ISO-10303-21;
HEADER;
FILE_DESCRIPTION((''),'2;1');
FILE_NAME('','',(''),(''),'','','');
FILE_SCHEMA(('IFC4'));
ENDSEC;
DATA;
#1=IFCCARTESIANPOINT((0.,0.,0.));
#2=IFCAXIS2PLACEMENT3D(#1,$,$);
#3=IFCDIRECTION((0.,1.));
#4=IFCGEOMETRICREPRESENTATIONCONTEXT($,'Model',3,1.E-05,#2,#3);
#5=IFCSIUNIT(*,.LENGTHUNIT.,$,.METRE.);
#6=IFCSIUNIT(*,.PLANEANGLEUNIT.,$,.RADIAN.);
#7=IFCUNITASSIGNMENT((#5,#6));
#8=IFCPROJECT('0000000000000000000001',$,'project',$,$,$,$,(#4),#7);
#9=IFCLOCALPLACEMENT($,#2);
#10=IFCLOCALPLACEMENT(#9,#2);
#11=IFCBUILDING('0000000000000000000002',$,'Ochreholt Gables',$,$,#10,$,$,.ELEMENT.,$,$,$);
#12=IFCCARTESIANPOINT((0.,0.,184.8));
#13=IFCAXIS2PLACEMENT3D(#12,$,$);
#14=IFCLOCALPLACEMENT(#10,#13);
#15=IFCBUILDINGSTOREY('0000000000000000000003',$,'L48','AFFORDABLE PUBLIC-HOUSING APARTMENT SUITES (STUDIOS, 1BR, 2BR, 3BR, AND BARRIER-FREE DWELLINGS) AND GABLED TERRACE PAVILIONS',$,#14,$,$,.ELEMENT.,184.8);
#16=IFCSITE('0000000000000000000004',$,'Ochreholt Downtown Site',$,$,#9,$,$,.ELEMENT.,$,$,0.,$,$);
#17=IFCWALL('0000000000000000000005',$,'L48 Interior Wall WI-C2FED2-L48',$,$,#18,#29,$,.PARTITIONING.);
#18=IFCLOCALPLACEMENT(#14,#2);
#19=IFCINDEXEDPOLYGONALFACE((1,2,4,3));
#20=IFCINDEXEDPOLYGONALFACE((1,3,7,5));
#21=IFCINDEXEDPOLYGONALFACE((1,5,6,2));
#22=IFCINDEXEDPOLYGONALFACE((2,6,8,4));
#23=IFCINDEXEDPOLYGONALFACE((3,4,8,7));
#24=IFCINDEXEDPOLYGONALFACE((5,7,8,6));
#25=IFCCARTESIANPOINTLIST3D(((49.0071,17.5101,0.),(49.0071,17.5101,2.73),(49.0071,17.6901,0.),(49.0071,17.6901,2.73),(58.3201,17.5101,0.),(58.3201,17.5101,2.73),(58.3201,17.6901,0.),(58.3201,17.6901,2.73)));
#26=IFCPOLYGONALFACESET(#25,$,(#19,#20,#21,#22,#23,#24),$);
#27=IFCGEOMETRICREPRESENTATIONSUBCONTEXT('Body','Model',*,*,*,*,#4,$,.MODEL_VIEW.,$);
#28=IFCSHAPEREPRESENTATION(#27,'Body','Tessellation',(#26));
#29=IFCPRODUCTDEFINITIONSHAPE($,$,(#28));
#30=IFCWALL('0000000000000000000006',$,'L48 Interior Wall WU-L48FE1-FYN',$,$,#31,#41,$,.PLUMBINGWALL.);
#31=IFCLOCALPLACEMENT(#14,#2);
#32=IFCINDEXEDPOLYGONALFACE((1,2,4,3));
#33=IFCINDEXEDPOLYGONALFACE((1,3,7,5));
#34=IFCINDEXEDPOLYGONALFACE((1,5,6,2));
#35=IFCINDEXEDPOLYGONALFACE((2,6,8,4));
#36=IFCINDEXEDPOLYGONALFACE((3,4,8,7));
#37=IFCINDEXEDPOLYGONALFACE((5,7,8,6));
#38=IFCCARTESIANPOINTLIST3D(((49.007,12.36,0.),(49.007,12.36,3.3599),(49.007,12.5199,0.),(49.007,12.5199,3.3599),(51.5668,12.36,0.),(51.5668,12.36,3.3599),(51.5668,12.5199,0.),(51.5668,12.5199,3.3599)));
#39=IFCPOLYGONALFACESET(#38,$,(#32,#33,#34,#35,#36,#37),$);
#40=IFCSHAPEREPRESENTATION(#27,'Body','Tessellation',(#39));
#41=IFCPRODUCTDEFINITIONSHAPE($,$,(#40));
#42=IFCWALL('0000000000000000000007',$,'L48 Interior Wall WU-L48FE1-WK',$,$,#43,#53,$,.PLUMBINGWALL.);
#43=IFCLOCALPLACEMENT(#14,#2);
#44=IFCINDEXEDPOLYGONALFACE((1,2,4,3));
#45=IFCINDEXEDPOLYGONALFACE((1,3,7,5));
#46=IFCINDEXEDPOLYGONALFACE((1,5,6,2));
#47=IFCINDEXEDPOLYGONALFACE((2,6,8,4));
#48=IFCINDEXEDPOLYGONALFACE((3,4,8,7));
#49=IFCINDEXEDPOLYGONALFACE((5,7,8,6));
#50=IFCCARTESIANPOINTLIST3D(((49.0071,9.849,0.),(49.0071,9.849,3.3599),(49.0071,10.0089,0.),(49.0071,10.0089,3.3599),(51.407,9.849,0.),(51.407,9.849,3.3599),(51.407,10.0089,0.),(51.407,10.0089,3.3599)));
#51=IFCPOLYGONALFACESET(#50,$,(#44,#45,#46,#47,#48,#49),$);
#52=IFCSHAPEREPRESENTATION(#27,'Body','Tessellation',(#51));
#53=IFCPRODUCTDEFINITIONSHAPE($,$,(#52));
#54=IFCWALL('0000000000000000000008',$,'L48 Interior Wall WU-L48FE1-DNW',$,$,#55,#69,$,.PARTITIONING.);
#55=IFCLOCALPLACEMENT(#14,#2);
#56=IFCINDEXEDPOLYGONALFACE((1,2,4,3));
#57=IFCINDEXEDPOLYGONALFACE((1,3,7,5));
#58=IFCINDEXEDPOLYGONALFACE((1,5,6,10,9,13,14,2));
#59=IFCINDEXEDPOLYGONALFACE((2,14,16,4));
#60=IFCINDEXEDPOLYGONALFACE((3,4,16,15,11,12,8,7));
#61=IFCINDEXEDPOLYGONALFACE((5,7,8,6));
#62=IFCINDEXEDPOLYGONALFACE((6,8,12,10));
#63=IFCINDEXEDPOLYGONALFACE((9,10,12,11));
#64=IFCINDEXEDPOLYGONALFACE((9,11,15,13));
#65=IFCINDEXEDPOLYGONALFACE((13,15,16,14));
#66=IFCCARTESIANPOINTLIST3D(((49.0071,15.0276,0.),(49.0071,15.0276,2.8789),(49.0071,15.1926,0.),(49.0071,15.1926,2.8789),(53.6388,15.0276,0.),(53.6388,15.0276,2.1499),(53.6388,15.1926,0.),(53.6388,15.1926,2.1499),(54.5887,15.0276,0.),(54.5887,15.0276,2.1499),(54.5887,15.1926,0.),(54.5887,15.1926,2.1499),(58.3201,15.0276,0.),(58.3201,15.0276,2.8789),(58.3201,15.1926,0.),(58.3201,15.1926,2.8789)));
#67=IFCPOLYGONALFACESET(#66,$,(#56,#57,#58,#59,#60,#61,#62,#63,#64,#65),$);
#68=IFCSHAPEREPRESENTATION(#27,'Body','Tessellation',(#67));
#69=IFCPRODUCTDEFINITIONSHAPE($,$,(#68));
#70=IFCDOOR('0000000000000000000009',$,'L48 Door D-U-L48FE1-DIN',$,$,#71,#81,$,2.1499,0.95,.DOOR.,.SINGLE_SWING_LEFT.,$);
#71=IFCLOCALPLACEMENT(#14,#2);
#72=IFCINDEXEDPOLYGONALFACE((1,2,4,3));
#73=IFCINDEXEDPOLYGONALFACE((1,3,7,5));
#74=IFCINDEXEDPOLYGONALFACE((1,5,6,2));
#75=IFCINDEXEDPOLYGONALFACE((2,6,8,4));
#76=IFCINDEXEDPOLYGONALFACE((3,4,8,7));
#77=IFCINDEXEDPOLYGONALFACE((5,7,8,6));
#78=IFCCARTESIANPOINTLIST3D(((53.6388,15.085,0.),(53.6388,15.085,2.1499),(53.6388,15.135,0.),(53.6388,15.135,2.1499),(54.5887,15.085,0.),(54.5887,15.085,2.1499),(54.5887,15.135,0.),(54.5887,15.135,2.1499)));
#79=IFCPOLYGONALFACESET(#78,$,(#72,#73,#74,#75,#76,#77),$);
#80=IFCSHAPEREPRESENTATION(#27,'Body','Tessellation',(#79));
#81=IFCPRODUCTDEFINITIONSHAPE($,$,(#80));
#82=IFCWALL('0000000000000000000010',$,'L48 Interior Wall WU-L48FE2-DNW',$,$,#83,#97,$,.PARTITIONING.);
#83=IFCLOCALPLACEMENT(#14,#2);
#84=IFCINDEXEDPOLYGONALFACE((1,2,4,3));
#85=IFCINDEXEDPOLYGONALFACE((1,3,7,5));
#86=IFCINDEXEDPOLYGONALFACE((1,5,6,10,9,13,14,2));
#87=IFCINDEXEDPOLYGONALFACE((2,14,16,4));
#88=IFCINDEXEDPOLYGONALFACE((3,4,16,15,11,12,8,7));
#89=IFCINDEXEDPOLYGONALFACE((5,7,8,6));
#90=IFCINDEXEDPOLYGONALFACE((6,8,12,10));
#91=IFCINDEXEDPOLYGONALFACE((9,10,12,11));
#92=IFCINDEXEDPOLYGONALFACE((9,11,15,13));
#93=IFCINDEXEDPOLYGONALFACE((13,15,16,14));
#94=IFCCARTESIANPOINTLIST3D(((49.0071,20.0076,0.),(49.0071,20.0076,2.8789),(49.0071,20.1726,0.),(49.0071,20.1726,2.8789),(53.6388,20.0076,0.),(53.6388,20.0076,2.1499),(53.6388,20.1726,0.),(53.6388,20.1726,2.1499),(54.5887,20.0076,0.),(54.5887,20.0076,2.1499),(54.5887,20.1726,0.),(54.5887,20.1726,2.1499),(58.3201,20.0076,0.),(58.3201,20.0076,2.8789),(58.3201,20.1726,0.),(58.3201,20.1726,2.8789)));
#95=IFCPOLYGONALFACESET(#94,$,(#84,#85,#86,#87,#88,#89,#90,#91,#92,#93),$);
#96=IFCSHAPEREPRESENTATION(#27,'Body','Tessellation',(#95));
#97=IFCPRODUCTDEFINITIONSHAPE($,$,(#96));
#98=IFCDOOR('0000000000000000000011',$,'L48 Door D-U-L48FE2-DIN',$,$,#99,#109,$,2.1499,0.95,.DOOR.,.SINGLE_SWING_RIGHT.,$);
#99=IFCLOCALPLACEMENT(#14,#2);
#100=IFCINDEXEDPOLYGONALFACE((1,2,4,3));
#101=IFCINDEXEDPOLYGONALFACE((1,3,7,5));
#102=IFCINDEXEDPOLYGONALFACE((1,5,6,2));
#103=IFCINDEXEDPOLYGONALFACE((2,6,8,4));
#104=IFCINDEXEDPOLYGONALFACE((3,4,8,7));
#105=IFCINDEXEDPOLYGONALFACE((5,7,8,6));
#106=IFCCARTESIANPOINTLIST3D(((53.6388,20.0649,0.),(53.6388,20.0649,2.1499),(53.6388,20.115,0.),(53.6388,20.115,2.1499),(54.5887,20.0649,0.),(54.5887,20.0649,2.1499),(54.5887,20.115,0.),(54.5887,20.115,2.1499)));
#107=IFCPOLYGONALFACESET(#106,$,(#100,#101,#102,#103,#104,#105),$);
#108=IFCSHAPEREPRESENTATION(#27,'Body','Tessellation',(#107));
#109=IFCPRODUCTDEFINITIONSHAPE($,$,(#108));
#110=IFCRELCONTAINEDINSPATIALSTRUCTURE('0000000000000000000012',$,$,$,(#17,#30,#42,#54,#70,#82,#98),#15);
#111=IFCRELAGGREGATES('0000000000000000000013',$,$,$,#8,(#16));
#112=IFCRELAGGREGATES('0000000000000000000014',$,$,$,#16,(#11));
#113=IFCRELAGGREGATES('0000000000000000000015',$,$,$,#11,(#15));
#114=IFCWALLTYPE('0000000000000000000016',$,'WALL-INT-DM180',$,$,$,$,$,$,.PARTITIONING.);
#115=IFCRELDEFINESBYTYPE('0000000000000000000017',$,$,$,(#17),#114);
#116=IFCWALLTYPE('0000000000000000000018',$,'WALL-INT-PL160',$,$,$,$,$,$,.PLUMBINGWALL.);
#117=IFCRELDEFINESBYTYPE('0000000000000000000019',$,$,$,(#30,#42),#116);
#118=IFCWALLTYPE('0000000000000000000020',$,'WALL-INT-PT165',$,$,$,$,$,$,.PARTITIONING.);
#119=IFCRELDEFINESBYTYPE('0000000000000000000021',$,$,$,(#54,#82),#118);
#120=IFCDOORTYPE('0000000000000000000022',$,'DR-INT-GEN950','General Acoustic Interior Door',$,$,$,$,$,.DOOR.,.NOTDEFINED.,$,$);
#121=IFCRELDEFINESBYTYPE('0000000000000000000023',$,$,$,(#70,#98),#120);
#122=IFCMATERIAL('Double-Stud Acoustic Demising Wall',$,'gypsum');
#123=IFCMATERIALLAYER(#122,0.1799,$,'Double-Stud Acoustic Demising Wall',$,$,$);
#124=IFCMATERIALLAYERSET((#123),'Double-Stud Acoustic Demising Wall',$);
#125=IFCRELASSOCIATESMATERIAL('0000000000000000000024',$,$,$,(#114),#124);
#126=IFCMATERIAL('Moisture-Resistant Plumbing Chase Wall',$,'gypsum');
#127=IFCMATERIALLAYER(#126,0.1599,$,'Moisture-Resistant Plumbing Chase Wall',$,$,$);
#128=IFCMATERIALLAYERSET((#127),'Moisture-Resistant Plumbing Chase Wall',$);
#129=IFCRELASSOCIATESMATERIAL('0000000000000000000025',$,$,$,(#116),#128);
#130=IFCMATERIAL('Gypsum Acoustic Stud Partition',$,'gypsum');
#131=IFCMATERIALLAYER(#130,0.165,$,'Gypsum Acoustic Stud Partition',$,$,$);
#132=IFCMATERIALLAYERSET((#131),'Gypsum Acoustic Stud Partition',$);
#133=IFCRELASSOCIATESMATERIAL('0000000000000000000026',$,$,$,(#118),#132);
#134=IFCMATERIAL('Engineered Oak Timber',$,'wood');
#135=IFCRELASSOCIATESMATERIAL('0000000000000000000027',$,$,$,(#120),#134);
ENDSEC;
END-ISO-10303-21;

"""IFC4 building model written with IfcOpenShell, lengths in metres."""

from ifc_helpers import new_model, si_unit, direction, frame, frame_2d, origin, place, context, subcontext, project, spatial, rectangle, extrude, material, layer, layer_set, type_object, element, fill, save


model = new_model("IFC4")

# Units and contexts
model_context = context("Model", 3, precision=1e-05, world=origin(), true_north=direction((0.0, 1.0)))
body_context = subcontext(model_context, "Body", "Model", "MODEL_VIEW")
ifc_project = project(units=[si_unit("LENGTHUNIT", "METRE"), si_unit("PLANEANGLEUNIT", "RADIAN")], contexts=[model_context])

# Site, building, storey
site_placement = place(None, origin())
site = spatial("IfcSite", under=ifc_project, at=site_placement, Name="Ochreholt Downtown Site", CompositionType="ELEMENT", RefElevation=0.0)
building_placement = place(site_placement, origin())
building = spatial("IfcBuilding", under=site, at=building_placement, Name="Ochreholt Gables", CompositionType="ELEMENT")
storey_placement = place(building_placement, frame((0.0, 0.0, 184.8)))
storey = spatial("IfcBuildingStorey", under=building, at=storey_placement, Name="L48", Description="AFFORDABLE PUBLIC-HOUSING APARTMENT SUITES (STUDIOS, 1BR, 2BR, 3BR, AND BARRIER-FREE DWELLINGS) AND GABLED TERRACE PAVILIONS", CompositionType="ELEMENT", Elevation=184.8)

# Walls
ifc_material_1 = material(Name="Double-Stud Acoustic Demising Wall", Category="gypsum")
ifc_layer_1 = layer(ifc_material_1, 0.1799, Name="Double-Stud Acoustic Demising Wall")
ifc_layer_set_1 = layer_set([ifc_layer_1], Name="Double-Stud Acoustic Demising Wall")
wall_type_1 = type_object("IfcWallType", Name="WALL-INT-DM180", PredefinedType="PARTITIONING", material=ifc_layer_set_1)
wall_1_placement = place(storey_placement, frame((49.0071, 17.6001, 0.0), z_axis=(0.0, 0.0, 1.0), x_axis=(1.0, 0.0, 0.0)))
element("IfcWall", 1, at=wall_1_placement, inside=storey, type_object=wall_type_1, Name="L48 Interior Wall WI-C2FED2-L48", PredefinedType="PARTITIONING", context=body_context, shape_type="SweptSolid", body=[
    extrude(rectangle(XDim=9.313, YDim=0.1799, at=frame_2d((4.6565, 0.0))), origin(), (0.0, 0.0, 1.0), 2.73),
])
ifc_material_2 = material(Name="Moisture-Resistant Plumbing Chase Wall", Category="gypsum")
ifc_layer_2 = layer(ifc_material_2, 0.1599, Name="Moisture-Resistant Plumbing Chase Wall")
ifc_layer_set_2 = layer_set([ifc_layer_2], Name="Moisture-Resistant Plumbing Chase Wall")
wall_type_2 = type_object("IfcWallType", Name="WALL-INT-PL160", PredefinedType="PLUMBINGWALL", material=ifc_layer_set_2)
wall_2_placement = place(storey_placement, frame((49.0071, 12.4399, 0.0), z_axis=(0.0, 0.0, 1.0), x_axis=(1.0, 0.0, 0.0)))
element("IfcWall", 2, at=wall_2_placement, inside=storey, type_object=wall_type_2, Name="L48 Interior Wall WU-L48FE1-FYN", PredefinedType="PLUMBINGWALL", context=body_context, shape_type="SweptSolid", body=[
    extrude(rectangle(XDim=2.5598, YDim=0.1599, at=frame_2d((1.2798, 0.0))), origin(), (0.0, 0.0, 1.0), 3.3599),
])
wall_3_placement = place(storey_placement, frame((49.0071, 9.929, 0.0), z_axis=(0.0, 0.0, 1.0), x_axis=(1.0, 0.0, 0.0)))
element("IfcWall", 3, at=wall_3_placement, inside=storey, type_object=wall_type_2, Name="L48 Interior Wall WU-L48FE1-WK", PredefinedType="PLUMBINGWALL", context=body_context, shape_type="SweptSolid", body=[
    extrude(rectangle(XDim=2.3999, YDim=0.1599, at=frame_2d((1.2, 0.0))), origin(), (0.0, 0.0, 1.0), 3.3599),
])

# Walls, openings, doors
ifc_material_3 = material(Name="Gypsum Acoustic Stud Partition", Category="gypsum")
ifc_layer_3 = layer(ifc_material_3, 0.165, Name="Gypsum Acoustic Stud Partition")
ifc_layer_set_3 = layer_set([ifc_layer_3], Name="Gypsum Acoustic Stud Partition")
wall_type_3 = type_object("IfcWallType", Name="WALL-INT-PT165", PredefinedType="PARTITIONING", material=ifc_layer_set_3)
wall_4_placement = place(storey_placement, frame((49.0071, 15.1101, 0.0), z_axis=(0.0, 0.0, 1.0), x_axis=(1.0, 0.0, 0.0)))
wall_4 = element("IfcWall", 4, at=wall_4_placement, inside=storey, type_object=wall_type_3, Name="L48 Interior Wall WU-L48FE1-DNW", PredefinedType="PARTITIONING", context=body_context, shape_type="SweptSolid", body=[
    extrude(rectangle(XDim=9.313, YDim=0.165, at=frame_2d((4.6565, 0.0))), origin(), (0.0, 0.0, 1.0), 2.8789),
])
opening_1_placement = place(wall_4_placement, frame((4.6316, 0.0, 0.0)))
opening_1 = element("IfcOpeningElement", 5, at=opening_1_placement, cuts=wall_4, PredefinedType="OPENING", context=body_context, shape_type="SweptSolid", body=[
    extrude(rectangle(XDim=0.95, YDim=2.1499, at=frame_2d((0.4751, 1.075))), frame((0.0, 0.0925, 0.0), z_axis=(0.0, -1.0, 0.0), x_axis=(1.0, 0.0, 0.0)), (0.0, 0.0, 1.0), 0.1851),
])
ifc_material_4 = material(Name="Engineered Oak Timber", Category="wood")
door_type = type_object("IfcDoorType", Name="DR-INT-GEN950", Description="General Acoustic Interior Door", OperationType="NOTDEFINED", PredefinedType="DOOR", material=ifc_material_4)
door_1_placement = place(opening_1_placement, origin())
door_1 = element("IfcDoor", 6, at=door_1_placement, inside=storey, type_object=door_type, Name="L48 Door D-U-L48FE1-DIN", OperationType="SINGLE_SWING_LEFT", OverallHeight=2.1499, OverallWidth=0.95, PredefinedType="DOOR", context=body_context, shape_type="SweptSolid", body=[
    extrude(rectangle(XDim=0.95, YDim=2.1499, at=frame_2d((0.4751, 1.075))), frame((0.0, 0.0249, 0.0), z_axis=(0.0, -1.0, 0.0), x_axis=(1.0, 0.0, 0.0)), (0.0, 0.0, 1.0), 0.05),
])
fill(opening_1, door_1)
wall_5_placement = place(storey_placement, frame((49.0071, 20.0901, 0.0), z_axis=(0.0, 0.0, 1.0), x_axis=(1.0, 0.0, 0.0)))
wall_5 = element("IfcWall", 7, at=wall_5_placement, inside=storey, type_object=wall_type_3, Name="L48 Interior Wall WU-L48FE2-DNW", PredefinedType="PARTITIONING", context=body_context, shape_type="SweptSolid", body=[
    extrude(rectangle(XDim=9.313, YDim=0.165, at=frame_2d((4.6565, 0.0))), origin(), (0.0, 0.0, 1.0), 2.8789),
])
opening_2_placement = place(wall_5_placement, frame((4.6316, 0.0, 0.0)))
opening_2 = element("IfcOpeningElement", 8, at=opening_2_placement, cuts=wall_5, PredefinedType="OPENING", context=body_context, shape_type="SweptSolid", body=[
    extrude(rectangle(XDim=0.95, YDim=2.1499, at=frame_2d((0.4751, 1.075))), frame((0.0, 0.0925, 0.0), z_axis=(0.0, -1.0, 0.0), x_axis=(1.0, 0.0, 0.0)), (0.0, 0.0, 1.0), 0.1851),
])
door_2_placement = place(opening_2_placement, origin())
door_2 = element("IfcDoor", 9, at=door_2_placement, inside=storey, type_object=door_type, Name="L48 Door D-U-L48FE2-DIN", OperationType="SINGLE_SWING_RIGHT", OverallHeight=2.1499, OverallWidth=0.95, PredefinedType="DOOR", context=body_context, shape_type="SweptSolid", body=[
    extrude(rectangle(XDim=0.95, YDim=2.1499, at=frame_2d((0.4751, 1.075))), frame((0.0, 0.0249, 0.0), z_axis=(0.0, -1.0, 0.0), x_axis=(1.0, 0.0, 0.0)), (0.0, 0.0, 1.0), 0.05),
])
fill(opening_2, door_2)

save(model, "model.ifc")
